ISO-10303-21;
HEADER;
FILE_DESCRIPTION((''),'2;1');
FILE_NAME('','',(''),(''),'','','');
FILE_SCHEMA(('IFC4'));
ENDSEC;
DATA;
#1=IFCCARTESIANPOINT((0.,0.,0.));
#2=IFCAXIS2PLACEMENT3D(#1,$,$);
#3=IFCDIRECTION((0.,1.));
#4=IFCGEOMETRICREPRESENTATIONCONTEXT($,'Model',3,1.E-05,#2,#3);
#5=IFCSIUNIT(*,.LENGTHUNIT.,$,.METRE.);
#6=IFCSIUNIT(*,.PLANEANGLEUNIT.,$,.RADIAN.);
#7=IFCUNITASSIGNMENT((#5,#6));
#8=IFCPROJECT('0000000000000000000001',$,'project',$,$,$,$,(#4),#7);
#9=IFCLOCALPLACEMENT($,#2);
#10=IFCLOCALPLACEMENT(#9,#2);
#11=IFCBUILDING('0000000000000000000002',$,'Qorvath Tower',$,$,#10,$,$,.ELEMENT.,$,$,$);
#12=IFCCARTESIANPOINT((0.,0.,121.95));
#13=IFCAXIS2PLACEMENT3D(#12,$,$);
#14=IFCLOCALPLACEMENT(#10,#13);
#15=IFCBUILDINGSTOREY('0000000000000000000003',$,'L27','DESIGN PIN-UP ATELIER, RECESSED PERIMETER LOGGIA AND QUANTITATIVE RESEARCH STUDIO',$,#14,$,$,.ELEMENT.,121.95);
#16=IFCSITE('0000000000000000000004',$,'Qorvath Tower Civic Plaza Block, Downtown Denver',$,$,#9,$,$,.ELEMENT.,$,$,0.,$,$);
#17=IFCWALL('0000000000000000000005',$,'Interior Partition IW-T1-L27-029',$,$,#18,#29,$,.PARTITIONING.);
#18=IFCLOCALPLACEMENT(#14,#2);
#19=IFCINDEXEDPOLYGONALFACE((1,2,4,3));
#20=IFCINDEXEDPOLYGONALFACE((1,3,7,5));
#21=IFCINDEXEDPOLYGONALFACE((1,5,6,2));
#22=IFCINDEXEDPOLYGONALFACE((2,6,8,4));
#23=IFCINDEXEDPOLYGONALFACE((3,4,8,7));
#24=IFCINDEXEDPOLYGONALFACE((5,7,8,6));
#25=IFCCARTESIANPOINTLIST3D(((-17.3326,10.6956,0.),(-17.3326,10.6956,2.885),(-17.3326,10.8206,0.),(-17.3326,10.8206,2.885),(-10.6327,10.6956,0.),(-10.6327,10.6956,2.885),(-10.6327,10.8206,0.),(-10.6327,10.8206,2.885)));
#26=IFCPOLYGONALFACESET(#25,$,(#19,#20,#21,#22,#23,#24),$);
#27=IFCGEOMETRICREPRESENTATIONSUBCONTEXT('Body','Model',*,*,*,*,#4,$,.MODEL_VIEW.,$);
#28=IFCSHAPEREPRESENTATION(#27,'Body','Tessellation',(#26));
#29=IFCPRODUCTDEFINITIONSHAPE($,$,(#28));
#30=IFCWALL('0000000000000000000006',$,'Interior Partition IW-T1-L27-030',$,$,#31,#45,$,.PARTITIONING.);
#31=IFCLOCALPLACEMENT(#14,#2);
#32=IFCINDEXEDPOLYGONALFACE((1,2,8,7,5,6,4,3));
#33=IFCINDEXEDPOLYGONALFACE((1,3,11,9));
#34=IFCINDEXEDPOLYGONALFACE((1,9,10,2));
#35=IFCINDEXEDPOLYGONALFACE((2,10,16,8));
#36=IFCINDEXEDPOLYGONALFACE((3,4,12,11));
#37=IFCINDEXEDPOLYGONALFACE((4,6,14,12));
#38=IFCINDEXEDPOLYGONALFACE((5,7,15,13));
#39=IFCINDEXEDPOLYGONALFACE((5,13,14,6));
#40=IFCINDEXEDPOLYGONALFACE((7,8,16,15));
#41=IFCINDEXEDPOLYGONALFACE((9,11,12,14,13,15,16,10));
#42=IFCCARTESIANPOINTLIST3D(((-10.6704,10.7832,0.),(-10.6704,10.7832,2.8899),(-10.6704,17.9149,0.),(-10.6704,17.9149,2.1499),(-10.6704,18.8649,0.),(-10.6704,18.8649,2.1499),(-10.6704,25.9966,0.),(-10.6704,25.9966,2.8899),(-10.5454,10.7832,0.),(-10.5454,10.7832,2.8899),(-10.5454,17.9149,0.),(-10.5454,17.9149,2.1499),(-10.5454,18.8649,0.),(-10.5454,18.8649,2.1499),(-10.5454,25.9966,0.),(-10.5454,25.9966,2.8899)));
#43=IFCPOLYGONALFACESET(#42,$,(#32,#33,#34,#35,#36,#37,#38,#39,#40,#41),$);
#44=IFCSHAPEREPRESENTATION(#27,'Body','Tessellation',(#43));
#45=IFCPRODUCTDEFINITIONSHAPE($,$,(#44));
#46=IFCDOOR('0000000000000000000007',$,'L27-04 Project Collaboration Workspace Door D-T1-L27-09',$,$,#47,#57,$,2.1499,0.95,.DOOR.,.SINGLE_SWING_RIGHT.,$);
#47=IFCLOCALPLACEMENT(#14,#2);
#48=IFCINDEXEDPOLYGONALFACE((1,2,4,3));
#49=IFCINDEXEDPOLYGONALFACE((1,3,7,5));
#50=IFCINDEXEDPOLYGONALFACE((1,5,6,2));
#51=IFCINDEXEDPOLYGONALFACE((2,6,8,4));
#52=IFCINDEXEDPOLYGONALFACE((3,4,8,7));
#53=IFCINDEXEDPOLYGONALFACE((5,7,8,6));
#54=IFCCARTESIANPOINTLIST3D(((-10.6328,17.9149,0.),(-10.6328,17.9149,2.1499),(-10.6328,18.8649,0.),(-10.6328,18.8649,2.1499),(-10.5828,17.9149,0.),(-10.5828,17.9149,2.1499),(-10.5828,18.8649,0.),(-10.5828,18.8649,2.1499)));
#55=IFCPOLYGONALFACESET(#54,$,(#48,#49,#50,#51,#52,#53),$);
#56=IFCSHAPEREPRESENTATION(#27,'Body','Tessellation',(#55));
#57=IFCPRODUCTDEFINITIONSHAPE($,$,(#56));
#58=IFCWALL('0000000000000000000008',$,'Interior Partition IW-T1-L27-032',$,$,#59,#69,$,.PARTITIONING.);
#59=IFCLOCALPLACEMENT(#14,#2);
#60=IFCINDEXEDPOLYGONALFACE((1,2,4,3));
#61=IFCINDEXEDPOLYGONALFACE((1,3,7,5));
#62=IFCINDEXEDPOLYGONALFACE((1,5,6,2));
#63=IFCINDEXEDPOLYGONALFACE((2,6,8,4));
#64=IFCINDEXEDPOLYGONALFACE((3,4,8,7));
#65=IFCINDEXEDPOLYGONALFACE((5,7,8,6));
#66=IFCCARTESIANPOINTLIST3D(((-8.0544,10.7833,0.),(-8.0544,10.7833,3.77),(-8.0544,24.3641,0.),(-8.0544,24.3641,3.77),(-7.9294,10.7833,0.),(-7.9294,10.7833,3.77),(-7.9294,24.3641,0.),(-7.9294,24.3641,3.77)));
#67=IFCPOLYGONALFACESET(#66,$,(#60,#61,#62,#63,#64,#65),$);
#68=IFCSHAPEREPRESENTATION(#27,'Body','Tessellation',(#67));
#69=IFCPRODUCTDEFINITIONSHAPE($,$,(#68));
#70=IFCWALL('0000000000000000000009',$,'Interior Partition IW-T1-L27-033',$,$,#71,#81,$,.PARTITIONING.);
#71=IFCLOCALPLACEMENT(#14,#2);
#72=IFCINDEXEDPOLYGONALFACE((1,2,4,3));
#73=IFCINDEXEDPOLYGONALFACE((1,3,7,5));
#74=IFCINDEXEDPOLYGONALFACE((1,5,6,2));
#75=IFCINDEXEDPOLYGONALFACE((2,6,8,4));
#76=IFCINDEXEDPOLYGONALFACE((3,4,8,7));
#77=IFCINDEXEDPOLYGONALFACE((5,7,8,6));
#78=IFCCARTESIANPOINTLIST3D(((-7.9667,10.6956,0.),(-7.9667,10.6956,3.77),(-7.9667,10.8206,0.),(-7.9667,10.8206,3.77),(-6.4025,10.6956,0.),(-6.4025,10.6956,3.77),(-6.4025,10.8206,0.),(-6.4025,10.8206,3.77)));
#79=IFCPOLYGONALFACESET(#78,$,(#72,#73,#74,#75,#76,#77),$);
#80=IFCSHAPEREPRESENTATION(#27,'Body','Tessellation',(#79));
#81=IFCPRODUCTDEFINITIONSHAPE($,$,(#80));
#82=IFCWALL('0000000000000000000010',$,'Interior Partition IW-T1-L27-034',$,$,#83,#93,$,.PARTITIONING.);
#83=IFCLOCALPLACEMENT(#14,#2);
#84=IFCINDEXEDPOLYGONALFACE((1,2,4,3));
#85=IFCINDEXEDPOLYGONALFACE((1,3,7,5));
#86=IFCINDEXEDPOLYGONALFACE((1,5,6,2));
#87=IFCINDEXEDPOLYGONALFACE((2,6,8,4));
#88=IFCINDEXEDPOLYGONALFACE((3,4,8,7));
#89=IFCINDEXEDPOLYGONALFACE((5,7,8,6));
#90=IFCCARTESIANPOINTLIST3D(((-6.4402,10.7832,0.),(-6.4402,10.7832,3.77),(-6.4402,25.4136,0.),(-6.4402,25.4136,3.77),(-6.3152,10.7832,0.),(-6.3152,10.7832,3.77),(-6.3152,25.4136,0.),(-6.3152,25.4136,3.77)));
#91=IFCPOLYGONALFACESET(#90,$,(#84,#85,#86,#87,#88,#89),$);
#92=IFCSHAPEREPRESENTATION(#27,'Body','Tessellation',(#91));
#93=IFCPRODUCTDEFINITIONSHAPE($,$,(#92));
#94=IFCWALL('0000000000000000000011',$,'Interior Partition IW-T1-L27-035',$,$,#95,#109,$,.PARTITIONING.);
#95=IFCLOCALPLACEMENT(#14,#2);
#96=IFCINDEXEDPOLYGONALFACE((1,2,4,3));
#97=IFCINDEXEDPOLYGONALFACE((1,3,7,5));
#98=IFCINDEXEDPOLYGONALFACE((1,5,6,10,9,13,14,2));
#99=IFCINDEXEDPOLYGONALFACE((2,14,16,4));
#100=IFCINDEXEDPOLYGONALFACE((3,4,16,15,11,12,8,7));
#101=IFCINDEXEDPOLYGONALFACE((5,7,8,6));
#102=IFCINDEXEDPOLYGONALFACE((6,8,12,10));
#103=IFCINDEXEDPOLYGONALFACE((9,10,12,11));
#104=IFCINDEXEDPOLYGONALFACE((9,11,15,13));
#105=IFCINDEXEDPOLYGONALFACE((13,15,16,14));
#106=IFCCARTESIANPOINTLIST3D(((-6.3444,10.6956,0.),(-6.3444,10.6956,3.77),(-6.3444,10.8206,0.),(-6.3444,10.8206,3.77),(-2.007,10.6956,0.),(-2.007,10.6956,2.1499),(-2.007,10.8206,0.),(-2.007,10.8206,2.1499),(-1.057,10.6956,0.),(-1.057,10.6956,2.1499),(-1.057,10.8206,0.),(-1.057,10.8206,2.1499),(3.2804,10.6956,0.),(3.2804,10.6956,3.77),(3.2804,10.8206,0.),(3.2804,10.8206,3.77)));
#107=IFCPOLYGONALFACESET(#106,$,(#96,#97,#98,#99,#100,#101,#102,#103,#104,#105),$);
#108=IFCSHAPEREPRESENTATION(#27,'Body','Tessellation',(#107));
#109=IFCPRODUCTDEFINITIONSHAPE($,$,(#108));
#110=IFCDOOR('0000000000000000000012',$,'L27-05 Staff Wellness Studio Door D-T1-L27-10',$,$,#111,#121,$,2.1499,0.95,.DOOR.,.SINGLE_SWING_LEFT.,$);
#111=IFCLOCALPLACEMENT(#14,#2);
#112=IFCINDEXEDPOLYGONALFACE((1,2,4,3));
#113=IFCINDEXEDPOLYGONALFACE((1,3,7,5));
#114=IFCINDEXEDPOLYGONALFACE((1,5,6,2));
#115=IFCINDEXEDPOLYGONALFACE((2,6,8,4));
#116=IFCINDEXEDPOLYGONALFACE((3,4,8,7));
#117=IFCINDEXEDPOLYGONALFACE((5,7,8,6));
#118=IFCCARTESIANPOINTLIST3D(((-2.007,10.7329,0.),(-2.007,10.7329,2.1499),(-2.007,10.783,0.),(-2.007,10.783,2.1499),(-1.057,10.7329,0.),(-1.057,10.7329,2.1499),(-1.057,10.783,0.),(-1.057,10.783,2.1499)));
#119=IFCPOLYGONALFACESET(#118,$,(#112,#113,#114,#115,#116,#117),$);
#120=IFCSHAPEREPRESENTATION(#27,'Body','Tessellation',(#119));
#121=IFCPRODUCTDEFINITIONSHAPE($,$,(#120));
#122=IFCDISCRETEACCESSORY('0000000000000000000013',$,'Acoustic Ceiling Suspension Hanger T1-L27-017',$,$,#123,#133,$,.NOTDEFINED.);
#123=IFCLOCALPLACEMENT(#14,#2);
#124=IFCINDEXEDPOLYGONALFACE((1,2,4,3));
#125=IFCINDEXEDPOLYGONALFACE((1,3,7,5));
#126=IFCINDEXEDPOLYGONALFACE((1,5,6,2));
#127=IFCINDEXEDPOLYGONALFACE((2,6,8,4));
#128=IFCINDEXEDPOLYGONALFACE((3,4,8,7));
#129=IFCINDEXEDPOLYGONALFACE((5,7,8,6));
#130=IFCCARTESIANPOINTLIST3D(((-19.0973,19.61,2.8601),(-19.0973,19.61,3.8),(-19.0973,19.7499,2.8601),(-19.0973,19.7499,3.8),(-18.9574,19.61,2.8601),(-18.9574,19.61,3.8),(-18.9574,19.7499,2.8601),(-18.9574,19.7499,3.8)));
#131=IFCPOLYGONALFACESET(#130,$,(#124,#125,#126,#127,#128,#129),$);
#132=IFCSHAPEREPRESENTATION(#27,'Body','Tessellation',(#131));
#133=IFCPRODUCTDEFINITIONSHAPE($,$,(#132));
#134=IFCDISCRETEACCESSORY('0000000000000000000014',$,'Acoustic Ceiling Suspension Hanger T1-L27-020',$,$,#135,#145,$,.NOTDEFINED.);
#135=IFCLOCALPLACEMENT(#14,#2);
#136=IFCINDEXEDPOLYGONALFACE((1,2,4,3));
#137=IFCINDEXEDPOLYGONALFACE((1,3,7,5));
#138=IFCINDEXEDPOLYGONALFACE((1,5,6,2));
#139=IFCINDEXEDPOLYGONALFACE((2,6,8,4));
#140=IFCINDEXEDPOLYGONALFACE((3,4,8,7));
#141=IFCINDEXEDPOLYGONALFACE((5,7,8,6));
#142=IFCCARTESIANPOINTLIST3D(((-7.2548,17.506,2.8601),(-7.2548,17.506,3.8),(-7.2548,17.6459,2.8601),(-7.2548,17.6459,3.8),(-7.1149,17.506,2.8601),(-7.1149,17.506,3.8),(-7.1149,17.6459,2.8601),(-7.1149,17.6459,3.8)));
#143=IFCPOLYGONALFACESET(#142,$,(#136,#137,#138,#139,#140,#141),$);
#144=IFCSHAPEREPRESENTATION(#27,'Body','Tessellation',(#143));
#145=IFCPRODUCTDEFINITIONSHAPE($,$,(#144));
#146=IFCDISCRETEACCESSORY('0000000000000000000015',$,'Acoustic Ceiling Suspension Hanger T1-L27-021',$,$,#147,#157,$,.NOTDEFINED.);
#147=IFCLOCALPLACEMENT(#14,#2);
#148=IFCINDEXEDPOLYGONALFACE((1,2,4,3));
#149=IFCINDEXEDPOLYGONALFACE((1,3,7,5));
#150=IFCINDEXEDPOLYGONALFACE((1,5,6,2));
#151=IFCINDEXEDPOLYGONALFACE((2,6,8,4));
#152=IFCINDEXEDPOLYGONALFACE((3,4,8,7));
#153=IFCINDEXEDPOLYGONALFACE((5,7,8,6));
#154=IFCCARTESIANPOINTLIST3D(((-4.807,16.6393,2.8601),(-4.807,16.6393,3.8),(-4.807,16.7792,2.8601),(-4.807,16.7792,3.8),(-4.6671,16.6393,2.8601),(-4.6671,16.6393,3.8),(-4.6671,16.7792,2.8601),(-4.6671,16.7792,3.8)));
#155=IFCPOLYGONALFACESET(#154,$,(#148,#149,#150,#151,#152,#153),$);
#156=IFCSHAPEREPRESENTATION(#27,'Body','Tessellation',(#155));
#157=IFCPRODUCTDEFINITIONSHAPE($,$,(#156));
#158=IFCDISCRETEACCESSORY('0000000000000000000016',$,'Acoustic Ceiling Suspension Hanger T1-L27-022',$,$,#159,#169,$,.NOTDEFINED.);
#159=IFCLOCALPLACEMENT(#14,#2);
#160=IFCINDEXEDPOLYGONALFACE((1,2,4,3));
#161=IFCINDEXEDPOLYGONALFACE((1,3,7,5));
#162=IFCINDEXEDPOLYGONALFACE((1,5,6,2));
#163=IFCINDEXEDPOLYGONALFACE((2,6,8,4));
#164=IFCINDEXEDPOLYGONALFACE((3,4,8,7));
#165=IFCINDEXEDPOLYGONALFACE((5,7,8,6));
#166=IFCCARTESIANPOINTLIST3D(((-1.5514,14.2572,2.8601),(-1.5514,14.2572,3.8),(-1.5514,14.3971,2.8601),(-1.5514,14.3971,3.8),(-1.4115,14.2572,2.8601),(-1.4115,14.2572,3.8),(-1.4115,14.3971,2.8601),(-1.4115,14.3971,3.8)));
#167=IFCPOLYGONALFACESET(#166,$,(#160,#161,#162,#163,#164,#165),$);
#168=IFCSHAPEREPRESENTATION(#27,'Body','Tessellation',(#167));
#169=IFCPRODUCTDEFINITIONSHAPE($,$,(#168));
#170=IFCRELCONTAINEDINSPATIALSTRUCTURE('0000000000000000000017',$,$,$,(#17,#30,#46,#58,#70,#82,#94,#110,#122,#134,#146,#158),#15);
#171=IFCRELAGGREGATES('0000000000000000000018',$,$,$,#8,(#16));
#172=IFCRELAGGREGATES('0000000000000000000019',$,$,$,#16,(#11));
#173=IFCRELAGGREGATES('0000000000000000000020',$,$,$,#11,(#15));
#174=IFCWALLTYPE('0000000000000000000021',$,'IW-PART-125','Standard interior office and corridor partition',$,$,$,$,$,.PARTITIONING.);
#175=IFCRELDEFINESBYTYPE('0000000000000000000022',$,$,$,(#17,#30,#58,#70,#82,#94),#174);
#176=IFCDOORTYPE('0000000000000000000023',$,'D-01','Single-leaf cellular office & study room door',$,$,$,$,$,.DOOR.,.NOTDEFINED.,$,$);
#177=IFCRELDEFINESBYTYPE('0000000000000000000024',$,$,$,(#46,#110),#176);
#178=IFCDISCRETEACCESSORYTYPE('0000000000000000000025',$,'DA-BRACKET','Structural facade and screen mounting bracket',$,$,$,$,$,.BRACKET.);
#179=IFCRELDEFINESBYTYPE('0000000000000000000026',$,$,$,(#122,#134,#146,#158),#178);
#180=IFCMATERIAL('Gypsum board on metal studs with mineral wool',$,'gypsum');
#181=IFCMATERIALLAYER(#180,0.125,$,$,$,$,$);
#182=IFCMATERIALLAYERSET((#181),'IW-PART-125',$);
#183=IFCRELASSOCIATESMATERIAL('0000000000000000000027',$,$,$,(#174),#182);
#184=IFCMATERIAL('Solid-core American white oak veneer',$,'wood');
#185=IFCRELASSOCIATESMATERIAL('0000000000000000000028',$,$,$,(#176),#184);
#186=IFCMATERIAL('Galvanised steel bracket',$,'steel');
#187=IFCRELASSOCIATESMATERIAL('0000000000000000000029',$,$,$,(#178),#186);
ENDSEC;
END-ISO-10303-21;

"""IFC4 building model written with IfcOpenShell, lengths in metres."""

from ifc_helpers import new_model, si_unit, direction, frame, frame_2d, origin, origin_2d, place, context, subcontext, project, spatial, rectangle, extrude, material, layer, layer_set, type_object, element, fill, save


model = new_model("IFC4")

# Units and contexts
model_context = context("Model", 3, precision=1e-05, world=origin(), true_north=direction((0.0, 1.0)))
body_context = subcontext(model_context, "Body", "Model", "MODEL_VIEW")
ifc_project = project(units=[si_unit("LENGTHUNIT", "METRE"), si_unit("PLANEANGLEUNIT", "RADIAN")], contexts=[model_context])

# Site, building, storey
site_placement = place(None, origin())
site = spatial("IfcSite", under=ifc_project, at=site_placement, Name="Qorvath Tower Civic Plaza Block, Downtown Denver", CompositionType="ELEMENT", RefElevation=0.0)
building_placement = place(site_placement, origin())
building = spatial("IfcBuilding", under=site, at=building_placement, Name="Qorvath Tower", CompositionType="ELEMENT")
storey_placement = place(building_placement, frame((0.0, 0.0, 121.95)))
storey = spatial("IfcBuildingStorey", under=building, at=storey_placement, Name="L27", Description="DESIGN PIN-UP ATELIER, RECESSED PERIMETER LOGGIA AND QUANTITATIVE RESEARCH STUDIO", CompositionType="ELEMENT", Elevation=121.95)

# Wall
ifc_material_1 = material(Name="Gypsum board on metal studs with mineral wool", Category="gypsum")
ifc_layer_1 = layer(ifc_material_1, 0.125)
ifc_layer_set_1 = layer_set([ifc_layer_1], Name="IW-PART-125")
wall_type_1 = type_object("IfcWallType", Name="IW-PART-125", Description="Standard interior office and corridor partition", PredefinedType="PARTITIONING", material=ifc_layer_set_1)
wall_1_placement = place(storey_placement, frame((-17.3328, 10.7581, 0.0), z_axis=(0.0, 0.0, 1.0), x_axis=(1.0, 0.0, 0.0)))
element("IfcWall", 1, at=wall_1_placement, inside=storey, type_object=wall_type_1, Name="Interior Partition IW-T1-L27-029", PredefinedType="PARTITIONING", context=body_context, shape_type="SweptSolid", body=[
    extrude(rectangle(XDim=6.7, YDim=0.125, at=frame_2d((3.3501, 0.0))), origin(), (0.0, 0.0, 1.0), 2.885),
])

# Wall, opening, door
wall_2_placement = place(storey_placement, frame((-10.6079, 10.7832, 0.0), z_axis=(0.0, 0.0, 1.0), x_axis=(0.0, 1.0, 0.0)))
wall_2 = element("IfcWall", 2, at=wall_2_placement, inside=storey, type_object=wall_type_1, Name="Interior Partition IW-T1-L27-030", PredefinedType="PARTITIONING", context=body_context, shape_type="SweptSolid", body=[
    extrude(rectangle(XDim=15.2134, YDim=0.125, at=frame_2d((7.6067, 0.0))), origin(), (0.0, 0.0, 1.0), 2.8899),
])
opening_1_placement = place(wall_2_placement, frame((7.1316, 0.0, 0.0)))
opening_1 = element("IfcOpeningElement", 3, at=opening_1_placement, cuts=wall_2, PredefinedType="OPENING", context=body_context, shape_type="SweptSolid", body=[
    extrude(rectangle(XDim=0.95, YDim=2.1499, at=frame_2d((0.4751, 1.075))), frame((0.0, 0.0725, 0.0), z_axis=(0.0, -1.0, 0.0), x_axis=(1.0, 0.0, 0.0)), (0.0, 0.0, 1.0), 0.145),
])
ifc_material_2 = material(Name="Solid-core American white oak veneer", Category="wood")
door_type = type_object("IfcDoorType", Name="D-01", Description="Single-leaf cellular office & study room door", OperationType="NOTDEFINED", PredefinedType="DOOR", material=ifc_material_2)
door_1_placement = place(opening_1_placement, origin())
door_1 = element("IfcDoor", 4, at=door_1_placement, inside=storey, type_object=door_type, Name="L27-04 Project Collaboration Workspace Door D-T1-L27-09", OperationType="SINGLE_SWING_RIGHT", OverallHeight=2.1499, OverallWidth=0.95, PredefinedType="DOOR", context=body_context, shape_type="SweptSolid", body=[
    extrude(rectangle(XDim=0.95, YDim=2.1499, at=frame_2d((0.4751, 1.075))), frame((0.0, 0.0249, 0.0), z_axis=(0.0, -1.0, 0.0), x_axis=(1.0, 0.0, 0.0)), (0.0, 0.0, 1.0), 0.05),
])
fill(opening_1, door_1)

# Walls
wall_3_placement = place(storey_placement, frame((-7.9919, 10.7832, 0.0), z_axis=(0.0, 0.0, 1.0), x_axis=(0.0, 1.0, 0.0)))
element("IfcWall", 5, at=wall_3_placement, inside=storey, type_object=wall_type_1, Name="Interior Partition IW-T1-L27-032", PredefinedType="PARTITIONING", context=body_context, shape_type="SweptSolid", body=[
    extrude(rectangle(XDim=13.5808, YDim=0.125, at=frame_2d((6.7905, 0.0))), origin(), (0.0, 0.0, 1.0), 3.77),
])
wall_4_placement = place(storey_placement, frame((-7.9668, 10.7581, 0.0), z_axis=(0.0, 0.0, 1.0), x_axis=(1.0, 0.0, 0.0)))
element("IfcWall", 6, at=wall_4_placement, inside=storey, type_object=wall_type_1, Name="Interior Partition IW-T1-L27-033", PredefinedType="PARTITIONING", context=body_context, shape_type="SweptSolid", body=[
    extrude(rectangle(XDim=1.5642, YDim=0.125, at=frame_2d((0.7822, 0.0))), origin(), (0.0, 0.0, 1.0), 3.77),
])
wall_5_placement = place(storey_placement, frame((-6.3777, 10.7832, 0.0), z_axis=(0.0, 0.0, 1.0), x_axis=(0.0, 1.0, 0.0)))
element("IfcWall", 7, at=wall_5_placement, inside=storey, type_object=wall_type_1, Name="Interior Partition IW-T1-L27-034", PredefinedType="PARTITIONING", context=body_context, shape_type="SweptSolid", body=[
    extrude(rectangle(XDim=14.6304, YDim=0.125, at=frame_2d((7.3152, 0.0))), origin(), (0.0, 0.0, 1.0), 3.77),
])

# Wall, opening, door
wall_6_placement = place(storey_placement, frame((-6.3445, 10.7581, 0.0), z_axis=(0.0, 0.0, 1.0), x_axis=(1.0, 0.0, 0.0)))
wall_6 = element("IfcWall", 8, at=wall_6_placement, inside=storey, type_object=wall_type_1, Name="Interior Partition IW-T1-L27-035", PredefinedType="PARTITIONING", context=body_context, shape_type="SweptSolid", body=[
    extrude(rectangle(XDim=9.6248, YDim=0.125, at=frame_2d((4.8125, 0.0))), origin(), (0.0, 0.0, 1.0), 3.77),
])
opening_2_placement = place(wall_6_placement, frame((4.3374, 0.0, 0.0)))
opening_2 = element("IfcOpeningElement", 9, at=opening_2_placement, cuts=wall_6, PredefinedType="OPENING", context=body_context, shape_type="SweptSolid", body=[
    extrude(rectangle(XDim=0.95, YDim=2.1499, at=frame_2d((0.4751, 1.075))), frame((0.0, 0.0725, 0.0), z_axis=(0.0, -1.0, 0.0), x_axis=(1.0, 0.0, 0.0)), (0.0, 0.0, 1.0), 0.145),
])
door_2_placement = place(opening_2_placement, origin())
door_2 = element("IfcDoor", 10, at=door_2_placement, inside=storey, type_object=door_type, Name="L27-05 Staff Wellness Studio Door D-T1-L27-10", OperationType="SINGLE_SWING_LEFT", OverallHeight=2.1499, OverallWidth=0.95, PredefinedType="DOOR", context=body_context, shape_type="SweptSolid", body=[
    extrude(rectangle(XDim=0.95, YDim=2.1499, at=frame_2d((0.4751, 1.075))), frame((0.0, 0.0249, 0.0), z_axis=(0.0, -1.0, 0.0), x_axis=(1.0, 0.0, 0.0)), (0.0, 0.0, 1.0), 0.05),
])
fill(opening_2, door_2)

# Discrete accessories
ifc_material_3 = material(Name="Galvanised steel bracket", Category="steel")
discrete_accessory_type = type_object("IfcDiscreteAccessoryType", Name="DA-BRACKET", Description="Structural facade and screen mounting bracket", PredefinedType="BRACKET", material=ifc_material_3)
for number, where, z_axis, x_axis, name in (
    (11, (-19.0273, 19.6799, 2.8601), (0.0, 0.0, 1.0), (1.0, 0.0, 0.0), "Acoustic Ceiling Suspension Hanger T1-L27-017"),
    (12, (-7.1848, 17.5759, 2.8601), (0.0, 0.0, 1.0), (1.0, 0.0, 0.0), "Acoustic Ceiling Suspension Hanger T1-L27-020"),
    (13, (-4.7371, 16.7092, 2.8601), (0.0, 0.0, 1.0), (1.0, 0.0, 0.0), "Acoustic Ceiling Suspension Hanger T1-L27-021"),
    (14, (-1.4814, 14.3271, 2.8601), (0.0, 0.0, 1.0), (1.0, 0.0, 0.0), "Acoustic Ceiling Suspension Hanger T1-L27-022"),
):
    element("IfcDiscreteAccessory", number, at=place(storey_placement, frame(where, z_axis=z_axis, x_axis=x_axis)), inside=storey, type_object=discrete_accessory_type, Name=name, PredefinedType="NOTDEFINED", context=body_context, shape_type="SweptSolid", body=[
        extrude(rectangle(XDim=0.1399, YDim=0.1399, at=origin_2d()), origin(), (0.0, 0.0, 1.0), 0.9399),
    ])

save(model, "model.ifc")
